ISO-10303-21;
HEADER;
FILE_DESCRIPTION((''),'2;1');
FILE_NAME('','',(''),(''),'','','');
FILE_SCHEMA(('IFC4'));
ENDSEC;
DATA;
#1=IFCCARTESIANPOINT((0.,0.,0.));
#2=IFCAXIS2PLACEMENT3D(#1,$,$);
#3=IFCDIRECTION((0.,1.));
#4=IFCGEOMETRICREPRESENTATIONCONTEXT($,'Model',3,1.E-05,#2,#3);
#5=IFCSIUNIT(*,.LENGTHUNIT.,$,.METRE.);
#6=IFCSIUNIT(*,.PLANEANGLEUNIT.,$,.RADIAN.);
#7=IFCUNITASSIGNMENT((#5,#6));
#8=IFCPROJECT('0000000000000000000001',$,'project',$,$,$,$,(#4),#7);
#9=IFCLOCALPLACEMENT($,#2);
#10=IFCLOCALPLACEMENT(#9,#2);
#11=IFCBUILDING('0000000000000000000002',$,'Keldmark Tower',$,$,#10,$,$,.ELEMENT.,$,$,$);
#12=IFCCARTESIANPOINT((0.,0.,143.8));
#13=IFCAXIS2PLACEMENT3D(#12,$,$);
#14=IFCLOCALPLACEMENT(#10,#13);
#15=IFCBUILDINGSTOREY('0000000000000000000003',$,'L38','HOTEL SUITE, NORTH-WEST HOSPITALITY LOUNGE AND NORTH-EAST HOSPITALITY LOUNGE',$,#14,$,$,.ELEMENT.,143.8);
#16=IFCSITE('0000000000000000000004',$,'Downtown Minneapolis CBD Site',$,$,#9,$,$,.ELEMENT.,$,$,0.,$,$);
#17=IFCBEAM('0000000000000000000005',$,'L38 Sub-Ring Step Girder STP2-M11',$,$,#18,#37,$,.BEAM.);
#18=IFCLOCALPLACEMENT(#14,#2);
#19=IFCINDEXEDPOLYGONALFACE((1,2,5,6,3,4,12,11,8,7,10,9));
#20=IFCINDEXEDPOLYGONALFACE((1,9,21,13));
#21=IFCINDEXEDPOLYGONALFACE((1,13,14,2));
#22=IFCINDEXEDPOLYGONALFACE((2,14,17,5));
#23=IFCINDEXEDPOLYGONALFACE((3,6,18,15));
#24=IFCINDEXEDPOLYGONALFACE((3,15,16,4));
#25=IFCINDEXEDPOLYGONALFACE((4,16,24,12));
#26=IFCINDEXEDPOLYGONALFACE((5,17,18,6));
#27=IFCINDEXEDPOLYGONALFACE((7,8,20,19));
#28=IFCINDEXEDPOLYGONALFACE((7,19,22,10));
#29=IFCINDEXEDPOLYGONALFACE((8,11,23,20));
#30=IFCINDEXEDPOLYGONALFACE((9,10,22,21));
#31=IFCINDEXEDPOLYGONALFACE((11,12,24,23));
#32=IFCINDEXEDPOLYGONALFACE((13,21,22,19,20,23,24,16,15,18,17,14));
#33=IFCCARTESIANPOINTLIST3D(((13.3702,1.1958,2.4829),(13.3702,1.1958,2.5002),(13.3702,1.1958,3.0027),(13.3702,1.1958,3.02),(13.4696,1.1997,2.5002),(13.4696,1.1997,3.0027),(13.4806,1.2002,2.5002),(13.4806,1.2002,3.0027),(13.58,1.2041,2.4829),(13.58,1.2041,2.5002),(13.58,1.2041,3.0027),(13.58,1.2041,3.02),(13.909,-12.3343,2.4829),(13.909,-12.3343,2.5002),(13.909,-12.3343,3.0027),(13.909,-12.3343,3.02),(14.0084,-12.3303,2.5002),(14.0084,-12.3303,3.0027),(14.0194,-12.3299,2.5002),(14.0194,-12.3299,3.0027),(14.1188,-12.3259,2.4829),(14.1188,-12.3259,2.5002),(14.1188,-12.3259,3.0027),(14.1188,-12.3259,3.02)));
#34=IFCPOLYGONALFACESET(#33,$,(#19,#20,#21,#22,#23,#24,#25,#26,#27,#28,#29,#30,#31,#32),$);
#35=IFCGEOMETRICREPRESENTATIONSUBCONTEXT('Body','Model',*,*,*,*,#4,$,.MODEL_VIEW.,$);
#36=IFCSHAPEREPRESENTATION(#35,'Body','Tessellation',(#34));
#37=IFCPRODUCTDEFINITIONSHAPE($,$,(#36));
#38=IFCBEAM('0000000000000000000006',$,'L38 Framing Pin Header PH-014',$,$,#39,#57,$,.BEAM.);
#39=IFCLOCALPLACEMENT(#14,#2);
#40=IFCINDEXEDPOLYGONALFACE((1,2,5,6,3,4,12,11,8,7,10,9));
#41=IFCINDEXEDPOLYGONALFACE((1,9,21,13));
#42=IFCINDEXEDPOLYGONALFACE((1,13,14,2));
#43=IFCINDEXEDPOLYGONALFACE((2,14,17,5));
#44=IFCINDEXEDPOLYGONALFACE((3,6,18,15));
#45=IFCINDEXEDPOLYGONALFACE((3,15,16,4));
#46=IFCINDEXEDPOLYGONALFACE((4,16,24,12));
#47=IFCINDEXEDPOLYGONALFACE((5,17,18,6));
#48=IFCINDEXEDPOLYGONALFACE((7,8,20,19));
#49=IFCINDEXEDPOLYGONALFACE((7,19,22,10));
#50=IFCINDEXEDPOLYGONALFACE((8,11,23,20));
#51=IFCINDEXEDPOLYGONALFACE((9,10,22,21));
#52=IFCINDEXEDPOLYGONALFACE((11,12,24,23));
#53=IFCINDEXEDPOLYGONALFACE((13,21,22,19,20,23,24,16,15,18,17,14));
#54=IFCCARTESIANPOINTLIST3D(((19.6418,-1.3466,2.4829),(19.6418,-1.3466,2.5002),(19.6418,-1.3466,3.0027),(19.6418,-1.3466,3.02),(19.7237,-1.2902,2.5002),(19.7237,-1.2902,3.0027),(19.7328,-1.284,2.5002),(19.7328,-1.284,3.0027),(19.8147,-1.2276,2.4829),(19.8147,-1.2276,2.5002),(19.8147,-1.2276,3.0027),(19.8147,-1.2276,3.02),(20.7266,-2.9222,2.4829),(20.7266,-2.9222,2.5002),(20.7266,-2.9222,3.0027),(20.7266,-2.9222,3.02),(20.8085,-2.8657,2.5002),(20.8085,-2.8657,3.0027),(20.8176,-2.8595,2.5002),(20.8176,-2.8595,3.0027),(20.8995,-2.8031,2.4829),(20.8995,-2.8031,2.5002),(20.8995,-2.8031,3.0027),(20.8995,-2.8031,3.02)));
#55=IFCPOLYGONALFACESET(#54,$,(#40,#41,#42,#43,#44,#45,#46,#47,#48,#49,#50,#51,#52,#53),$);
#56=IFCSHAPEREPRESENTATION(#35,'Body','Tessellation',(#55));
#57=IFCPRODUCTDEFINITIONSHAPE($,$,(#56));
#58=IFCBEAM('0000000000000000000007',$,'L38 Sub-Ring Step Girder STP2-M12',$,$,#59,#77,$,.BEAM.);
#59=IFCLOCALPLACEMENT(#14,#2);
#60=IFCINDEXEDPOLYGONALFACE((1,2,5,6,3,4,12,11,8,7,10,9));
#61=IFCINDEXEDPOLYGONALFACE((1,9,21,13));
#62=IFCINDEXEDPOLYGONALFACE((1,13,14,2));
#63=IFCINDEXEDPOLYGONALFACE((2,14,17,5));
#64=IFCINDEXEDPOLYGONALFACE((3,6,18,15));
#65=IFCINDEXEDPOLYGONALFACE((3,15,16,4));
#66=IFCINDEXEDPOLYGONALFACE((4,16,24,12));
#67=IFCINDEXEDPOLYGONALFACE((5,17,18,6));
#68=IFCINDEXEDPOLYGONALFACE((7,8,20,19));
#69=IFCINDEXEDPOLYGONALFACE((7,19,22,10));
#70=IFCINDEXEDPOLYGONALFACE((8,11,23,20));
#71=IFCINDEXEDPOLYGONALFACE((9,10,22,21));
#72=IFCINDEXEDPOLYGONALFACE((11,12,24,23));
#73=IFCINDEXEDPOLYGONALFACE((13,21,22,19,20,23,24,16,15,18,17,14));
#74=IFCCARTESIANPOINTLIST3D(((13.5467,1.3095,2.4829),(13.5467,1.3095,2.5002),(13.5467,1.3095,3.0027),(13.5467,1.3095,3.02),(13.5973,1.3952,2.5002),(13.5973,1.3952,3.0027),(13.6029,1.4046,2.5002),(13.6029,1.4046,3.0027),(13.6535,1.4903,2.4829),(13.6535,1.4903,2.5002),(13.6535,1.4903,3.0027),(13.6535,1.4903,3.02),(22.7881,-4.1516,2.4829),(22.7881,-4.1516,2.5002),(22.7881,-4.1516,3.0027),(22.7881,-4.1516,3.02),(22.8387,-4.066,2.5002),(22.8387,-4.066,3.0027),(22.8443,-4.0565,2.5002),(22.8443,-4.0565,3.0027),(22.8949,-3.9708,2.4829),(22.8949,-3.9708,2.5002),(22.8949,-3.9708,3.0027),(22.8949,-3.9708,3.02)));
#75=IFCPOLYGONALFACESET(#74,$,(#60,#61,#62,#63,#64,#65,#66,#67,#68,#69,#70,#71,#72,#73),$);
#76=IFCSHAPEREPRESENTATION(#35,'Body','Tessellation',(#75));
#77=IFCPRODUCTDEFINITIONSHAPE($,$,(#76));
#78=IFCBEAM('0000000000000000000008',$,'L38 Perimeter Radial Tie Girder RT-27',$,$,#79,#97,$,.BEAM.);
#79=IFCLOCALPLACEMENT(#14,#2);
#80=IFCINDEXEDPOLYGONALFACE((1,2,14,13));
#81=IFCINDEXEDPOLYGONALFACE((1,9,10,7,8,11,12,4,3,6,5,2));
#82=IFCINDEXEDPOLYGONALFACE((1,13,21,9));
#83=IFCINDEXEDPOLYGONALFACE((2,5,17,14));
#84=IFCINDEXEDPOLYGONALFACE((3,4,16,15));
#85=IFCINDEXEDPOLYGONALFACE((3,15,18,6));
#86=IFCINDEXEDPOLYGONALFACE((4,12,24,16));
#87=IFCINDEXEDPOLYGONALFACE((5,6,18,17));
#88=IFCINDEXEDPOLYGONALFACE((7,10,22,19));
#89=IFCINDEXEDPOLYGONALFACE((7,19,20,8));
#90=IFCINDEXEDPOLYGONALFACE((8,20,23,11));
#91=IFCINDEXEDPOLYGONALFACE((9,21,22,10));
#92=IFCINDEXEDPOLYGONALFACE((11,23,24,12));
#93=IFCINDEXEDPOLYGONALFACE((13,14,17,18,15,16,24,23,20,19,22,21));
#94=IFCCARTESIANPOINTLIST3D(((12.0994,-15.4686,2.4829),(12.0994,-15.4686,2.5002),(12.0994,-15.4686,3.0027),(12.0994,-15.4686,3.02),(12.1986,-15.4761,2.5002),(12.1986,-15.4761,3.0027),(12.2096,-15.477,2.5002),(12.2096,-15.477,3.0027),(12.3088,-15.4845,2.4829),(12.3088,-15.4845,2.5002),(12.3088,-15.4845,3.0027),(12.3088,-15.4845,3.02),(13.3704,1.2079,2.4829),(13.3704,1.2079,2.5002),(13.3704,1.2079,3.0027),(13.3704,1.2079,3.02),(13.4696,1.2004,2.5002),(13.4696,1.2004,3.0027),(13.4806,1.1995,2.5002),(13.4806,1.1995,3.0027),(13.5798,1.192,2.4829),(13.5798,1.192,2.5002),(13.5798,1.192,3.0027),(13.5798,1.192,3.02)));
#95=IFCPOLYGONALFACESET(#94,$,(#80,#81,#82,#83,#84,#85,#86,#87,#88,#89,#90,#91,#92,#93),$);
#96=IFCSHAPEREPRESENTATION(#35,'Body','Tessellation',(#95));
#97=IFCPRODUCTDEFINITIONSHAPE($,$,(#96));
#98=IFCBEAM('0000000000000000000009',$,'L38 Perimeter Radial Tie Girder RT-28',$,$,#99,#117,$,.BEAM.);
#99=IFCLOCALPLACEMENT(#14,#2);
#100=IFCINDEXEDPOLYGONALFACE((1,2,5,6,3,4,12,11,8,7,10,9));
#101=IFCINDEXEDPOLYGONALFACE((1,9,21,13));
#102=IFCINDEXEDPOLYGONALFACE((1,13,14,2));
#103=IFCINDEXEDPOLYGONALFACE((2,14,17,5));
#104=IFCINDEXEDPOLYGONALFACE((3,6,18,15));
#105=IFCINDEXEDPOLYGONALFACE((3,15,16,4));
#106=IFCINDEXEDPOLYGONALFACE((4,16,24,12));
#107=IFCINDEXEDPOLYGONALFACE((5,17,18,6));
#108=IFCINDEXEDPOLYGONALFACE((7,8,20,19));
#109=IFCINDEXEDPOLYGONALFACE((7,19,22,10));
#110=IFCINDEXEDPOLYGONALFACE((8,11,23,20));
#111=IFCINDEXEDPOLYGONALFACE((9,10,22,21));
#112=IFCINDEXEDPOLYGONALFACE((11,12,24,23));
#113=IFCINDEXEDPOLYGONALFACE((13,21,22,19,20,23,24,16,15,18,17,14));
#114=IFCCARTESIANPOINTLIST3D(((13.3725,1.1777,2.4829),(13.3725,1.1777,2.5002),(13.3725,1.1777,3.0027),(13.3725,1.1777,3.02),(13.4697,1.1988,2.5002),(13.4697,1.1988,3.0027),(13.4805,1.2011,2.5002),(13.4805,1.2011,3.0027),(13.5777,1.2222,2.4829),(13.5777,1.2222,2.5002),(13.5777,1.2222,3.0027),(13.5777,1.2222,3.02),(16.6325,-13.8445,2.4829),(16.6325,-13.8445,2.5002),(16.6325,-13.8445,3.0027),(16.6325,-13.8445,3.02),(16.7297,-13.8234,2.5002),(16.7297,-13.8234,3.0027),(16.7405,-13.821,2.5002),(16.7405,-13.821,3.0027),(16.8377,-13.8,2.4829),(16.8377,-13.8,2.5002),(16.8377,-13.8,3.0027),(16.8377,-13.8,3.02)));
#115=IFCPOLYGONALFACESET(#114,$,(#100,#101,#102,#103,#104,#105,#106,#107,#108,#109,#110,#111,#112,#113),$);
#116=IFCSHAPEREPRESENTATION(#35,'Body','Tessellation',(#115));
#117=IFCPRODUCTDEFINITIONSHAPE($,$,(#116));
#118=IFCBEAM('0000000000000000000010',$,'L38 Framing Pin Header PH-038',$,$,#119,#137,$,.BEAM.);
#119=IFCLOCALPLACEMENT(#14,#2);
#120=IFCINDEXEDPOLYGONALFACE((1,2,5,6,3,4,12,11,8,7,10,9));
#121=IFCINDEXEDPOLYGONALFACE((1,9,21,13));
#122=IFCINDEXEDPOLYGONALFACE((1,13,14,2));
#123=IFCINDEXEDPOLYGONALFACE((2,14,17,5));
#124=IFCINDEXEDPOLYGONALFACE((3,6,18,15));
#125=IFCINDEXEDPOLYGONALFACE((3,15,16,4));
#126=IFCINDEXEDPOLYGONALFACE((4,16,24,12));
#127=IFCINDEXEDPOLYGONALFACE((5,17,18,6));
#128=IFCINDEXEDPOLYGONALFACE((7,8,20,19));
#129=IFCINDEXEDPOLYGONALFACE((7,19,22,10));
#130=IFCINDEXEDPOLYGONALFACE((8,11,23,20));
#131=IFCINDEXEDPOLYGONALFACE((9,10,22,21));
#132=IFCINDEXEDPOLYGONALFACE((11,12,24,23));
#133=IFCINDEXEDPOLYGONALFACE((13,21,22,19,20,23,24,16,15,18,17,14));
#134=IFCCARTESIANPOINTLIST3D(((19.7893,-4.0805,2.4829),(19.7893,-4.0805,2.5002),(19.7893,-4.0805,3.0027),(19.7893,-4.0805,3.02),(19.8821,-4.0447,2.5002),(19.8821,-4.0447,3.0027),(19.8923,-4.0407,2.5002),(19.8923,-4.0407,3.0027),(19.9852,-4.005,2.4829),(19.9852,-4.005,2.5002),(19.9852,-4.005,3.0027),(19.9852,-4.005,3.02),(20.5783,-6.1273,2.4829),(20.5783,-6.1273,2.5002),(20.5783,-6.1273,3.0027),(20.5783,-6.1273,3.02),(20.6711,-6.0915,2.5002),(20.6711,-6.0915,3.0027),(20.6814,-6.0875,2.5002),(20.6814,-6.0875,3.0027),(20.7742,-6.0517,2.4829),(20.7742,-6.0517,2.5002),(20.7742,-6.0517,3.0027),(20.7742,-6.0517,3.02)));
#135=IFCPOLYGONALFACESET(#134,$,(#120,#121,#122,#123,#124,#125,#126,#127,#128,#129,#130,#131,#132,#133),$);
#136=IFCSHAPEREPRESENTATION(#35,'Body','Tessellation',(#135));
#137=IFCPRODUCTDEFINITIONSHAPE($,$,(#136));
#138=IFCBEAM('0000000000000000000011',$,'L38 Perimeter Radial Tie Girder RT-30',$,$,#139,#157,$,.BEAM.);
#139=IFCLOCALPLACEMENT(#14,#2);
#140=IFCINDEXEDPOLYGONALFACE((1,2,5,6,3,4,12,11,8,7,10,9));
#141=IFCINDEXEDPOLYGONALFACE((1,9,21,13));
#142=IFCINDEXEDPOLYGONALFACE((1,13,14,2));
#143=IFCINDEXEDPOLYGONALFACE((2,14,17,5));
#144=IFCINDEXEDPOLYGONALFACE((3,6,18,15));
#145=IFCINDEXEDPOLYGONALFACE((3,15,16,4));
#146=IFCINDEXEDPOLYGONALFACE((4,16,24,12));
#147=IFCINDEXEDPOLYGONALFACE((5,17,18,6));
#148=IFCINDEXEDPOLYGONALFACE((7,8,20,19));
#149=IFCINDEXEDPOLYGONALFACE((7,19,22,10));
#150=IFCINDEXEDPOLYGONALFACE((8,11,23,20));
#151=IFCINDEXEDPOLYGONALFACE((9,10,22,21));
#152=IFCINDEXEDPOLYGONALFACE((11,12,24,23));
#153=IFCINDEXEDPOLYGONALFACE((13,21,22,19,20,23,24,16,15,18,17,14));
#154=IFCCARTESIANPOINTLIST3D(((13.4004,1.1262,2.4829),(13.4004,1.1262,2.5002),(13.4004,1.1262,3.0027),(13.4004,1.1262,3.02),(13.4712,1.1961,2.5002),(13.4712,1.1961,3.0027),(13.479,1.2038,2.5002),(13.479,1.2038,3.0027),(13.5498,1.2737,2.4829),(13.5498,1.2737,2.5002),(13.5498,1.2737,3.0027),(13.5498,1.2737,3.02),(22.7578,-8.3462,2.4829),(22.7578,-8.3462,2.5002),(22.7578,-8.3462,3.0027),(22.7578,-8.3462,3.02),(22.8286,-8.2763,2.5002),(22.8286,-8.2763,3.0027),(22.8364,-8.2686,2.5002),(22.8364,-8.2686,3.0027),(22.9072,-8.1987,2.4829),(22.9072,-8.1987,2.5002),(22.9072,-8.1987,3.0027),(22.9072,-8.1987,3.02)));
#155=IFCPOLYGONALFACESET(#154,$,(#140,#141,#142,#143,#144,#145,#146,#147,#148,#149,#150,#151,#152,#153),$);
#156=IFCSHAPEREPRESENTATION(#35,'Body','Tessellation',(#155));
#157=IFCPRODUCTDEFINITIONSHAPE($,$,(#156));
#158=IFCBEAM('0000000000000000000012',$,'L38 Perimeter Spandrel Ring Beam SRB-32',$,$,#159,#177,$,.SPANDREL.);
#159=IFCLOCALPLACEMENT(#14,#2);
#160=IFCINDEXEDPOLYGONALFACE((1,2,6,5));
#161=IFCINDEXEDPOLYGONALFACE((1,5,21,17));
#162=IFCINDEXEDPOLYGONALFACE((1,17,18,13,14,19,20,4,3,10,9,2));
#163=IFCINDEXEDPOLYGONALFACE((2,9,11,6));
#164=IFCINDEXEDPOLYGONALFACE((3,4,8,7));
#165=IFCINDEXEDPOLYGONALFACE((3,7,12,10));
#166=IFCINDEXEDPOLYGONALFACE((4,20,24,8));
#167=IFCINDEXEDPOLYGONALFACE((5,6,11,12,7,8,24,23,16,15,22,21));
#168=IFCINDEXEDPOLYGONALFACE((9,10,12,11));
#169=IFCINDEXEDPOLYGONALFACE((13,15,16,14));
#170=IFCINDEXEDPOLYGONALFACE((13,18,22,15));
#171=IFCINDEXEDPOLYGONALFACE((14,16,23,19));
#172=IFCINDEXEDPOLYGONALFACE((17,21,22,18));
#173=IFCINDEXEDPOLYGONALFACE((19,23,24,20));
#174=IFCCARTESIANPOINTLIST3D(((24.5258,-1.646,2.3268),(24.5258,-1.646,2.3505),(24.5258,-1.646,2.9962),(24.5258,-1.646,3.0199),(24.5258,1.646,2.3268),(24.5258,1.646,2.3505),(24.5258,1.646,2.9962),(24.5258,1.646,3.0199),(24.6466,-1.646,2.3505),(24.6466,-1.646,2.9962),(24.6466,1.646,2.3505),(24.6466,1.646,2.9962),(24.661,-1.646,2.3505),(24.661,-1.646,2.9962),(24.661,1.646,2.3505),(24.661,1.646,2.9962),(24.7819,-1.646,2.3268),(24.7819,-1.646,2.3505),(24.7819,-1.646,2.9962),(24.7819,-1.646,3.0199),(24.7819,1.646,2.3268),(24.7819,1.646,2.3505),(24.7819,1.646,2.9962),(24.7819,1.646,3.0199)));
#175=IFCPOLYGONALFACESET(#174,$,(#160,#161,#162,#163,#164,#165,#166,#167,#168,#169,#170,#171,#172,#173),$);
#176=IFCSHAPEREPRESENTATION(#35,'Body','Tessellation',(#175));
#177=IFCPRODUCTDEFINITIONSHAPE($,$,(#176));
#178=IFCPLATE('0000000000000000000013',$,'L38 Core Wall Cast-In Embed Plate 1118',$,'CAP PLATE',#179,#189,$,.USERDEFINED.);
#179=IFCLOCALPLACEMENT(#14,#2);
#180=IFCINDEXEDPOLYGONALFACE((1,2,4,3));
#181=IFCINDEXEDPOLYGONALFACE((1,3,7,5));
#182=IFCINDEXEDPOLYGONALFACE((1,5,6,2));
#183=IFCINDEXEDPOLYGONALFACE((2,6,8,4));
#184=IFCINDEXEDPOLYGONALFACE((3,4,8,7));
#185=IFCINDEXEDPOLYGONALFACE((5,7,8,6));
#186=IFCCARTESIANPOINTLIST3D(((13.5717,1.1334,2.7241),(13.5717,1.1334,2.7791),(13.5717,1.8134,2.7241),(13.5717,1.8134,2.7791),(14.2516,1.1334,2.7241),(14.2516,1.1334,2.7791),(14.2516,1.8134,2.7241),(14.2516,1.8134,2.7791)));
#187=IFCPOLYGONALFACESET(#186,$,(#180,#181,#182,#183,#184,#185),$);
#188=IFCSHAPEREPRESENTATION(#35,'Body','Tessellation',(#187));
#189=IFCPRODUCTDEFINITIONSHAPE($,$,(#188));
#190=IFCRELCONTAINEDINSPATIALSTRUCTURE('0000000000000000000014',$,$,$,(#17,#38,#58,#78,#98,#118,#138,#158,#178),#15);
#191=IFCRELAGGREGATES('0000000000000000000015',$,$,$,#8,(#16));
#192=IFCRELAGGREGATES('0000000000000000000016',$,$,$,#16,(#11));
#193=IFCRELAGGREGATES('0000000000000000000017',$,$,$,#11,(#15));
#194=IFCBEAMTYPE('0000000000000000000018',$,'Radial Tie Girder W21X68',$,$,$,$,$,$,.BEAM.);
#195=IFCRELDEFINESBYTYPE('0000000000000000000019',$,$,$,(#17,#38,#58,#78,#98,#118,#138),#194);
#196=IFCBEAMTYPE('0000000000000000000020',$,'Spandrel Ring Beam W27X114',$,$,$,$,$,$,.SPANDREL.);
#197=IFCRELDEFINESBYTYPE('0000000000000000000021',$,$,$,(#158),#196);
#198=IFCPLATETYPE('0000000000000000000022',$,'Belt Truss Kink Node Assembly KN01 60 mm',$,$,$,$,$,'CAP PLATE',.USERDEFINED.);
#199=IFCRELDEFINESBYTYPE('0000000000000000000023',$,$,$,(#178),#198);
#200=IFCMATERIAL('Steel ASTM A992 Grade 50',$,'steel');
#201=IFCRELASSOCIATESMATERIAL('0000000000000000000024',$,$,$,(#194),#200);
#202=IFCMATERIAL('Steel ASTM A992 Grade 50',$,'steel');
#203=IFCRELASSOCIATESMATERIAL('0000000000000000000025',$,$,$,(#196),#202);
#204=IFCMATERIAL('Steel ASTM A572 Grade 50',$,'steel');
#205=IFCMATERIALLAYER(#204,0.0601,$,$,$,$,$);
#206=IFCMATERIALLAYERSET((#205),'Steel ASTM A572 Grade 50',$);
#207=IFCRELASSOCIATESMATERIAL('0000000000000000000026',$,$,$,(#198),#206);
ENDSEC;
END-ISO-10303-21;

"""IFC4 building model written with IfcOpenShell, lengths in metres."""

from ifc_helpers import new_model, si_unit, direction, frame, origin, origin_2d, place, context, subcontext, project, spatial, rectangle, i_section, extrude, material, layer, layer_set, material_profile, profile_set, type_object, element, save


model = new_model("IFC4")

# Units and contexts
model_context = context("Model", 3, precision=1e-05, world=origin(), true_north=direction((0.0, 1.0)))
body_context = subcontext(model_context, "Body", "Model", "MODEL_VIEW")
ifc_project = project(units=[si_unit("LENGTHUNIT", "METRE"), si_unit("PLANEANGLEUNIT", "RADIAN")], contexts=[model_context])

# Site, building, storey
site_placement = place(None, origin())
site = spatial("IfcSite", under=ifc_project, at=site_placement, Name="Downtown Minneapolis CBD Site", CompositionType="ELEMENT", RefElevation=0.0)
building_placement = place(site_placement, origin())
building = spatial("IfcBuilding", under=site, at=building_placement, Name="Keldmark Tower", CompositionType="ELEMENT")
storey_placement = place(building_placement, frame((0.0, 0.0, 143.8)))
storey = spatial("IfcBuildingStorey", under=building, at=storey_placement, Name="L38", Description="HOTEL SUITE, NORTH-WEST HOSPITALITY LOUNGE AND NORTH-EAST HOSPITALITY LOUNGE", CompositionType="ELEMENT", Elevation=143.8)

# Beams
ifc_material_1 = material(Name="Steel ASTM A992 Grade 50", Category="steel")
ifc_material_profile_1 = material_profile(ifc_material_1, i_section(OverallWidth=0.21, OverallDepth=0.5371, WebThickness=0.011, FlangeThickness=0.0173, at=origin_2d()), Name="W21X68")
ifc_profile_set_1 = profile_set([ifc_material_profile_1], Name="Steel ASTM A992 Grade 50")
beam_type_1 = type_object("IfcBeamType", Name="Radial Tie Girder W21X68", PredefinedType="BEAM", material=ifc_profile_set_1)
beam_1_placement = place(storey_placement, frame((13.4751, 1.2, 2.7515), z_axis=(0.039792, -0.999208, 0.0), x_axis=(0.999208, 0.039792, 0.0)))
element("IfcBeam", 1, at=beam_1_placement, inside=storey, type_object=beam_type_1, Name="L38 Sub-Ring Step Girder STP2-M11", PredefinedType="BEAM", context=body_context, shape_type="SweptSolid", body=[
    extrude(i_section(OverallWidth=0.21, OverallDepth=0.5371, WebThickness=0.011, FlangeThickness=0.0173, at=origin_2d()), origin(), (0.0, 0.0, 1.0), 13.5408),
])
beam_2_placement = place(storey_placement, frame((19.7283, -1.2871, 2.7515), z_axis=(0.567097, -0.823651, 0.0), x_axis=(0.823651, 0.567097, 0.0)))
element("IfcBeam", 2, at=beam_2_placement, inside=storey, type_object=beam_type_1, Name="L38 Framing Pin Header PH-014", PredefinedType="BEAM", context=body_context, shape_type="SweptSolid", body=[
    extrude(i_section(OverallWidth=0.21, OverallDepth=0.5371, WebThickness=0.011, FlangeThickness=0.0173, at=origin_2d()), origin(), (0.0, 0.0, 1.0), 1.9128),
])
beam_3_placement = place(storey_placement, frame((13.6001, 1.3999, 2.7515), z_axis=(0.860913, -0.508752, 0.0), x_axis=(0.508752, 0.860913, 0.0)))
element("IfcBeam", 3, at=beam_3_placement, inside=storey, type_object=beam_type_1, Name="L38 Sub-Ring Step Girder STP2-M12", PredefinedType="BEAM", context=body_context, shape_type="SweptSolid", body=[
    extrude(i_section(OverallWidth=0.21, OverallDepth=0.5371, WebThickness=0.011, FlangeThickness=0.0173, at=origin_2d()), origin(), (0.0, 0.0, 1.0), 10.7344),
])
beam_4_placement = place(storey_placement, frame((13.4751, 1.2, 2.7515), z_axis=(-0.075994, -0.997108, 0.0), x_axis=(0.997108, -0.075994, 0.0)))
element("IfcBeam", 4, at=beam_4_placement, inside=storey, type_object=beam_type_1, Name="L38 Perimeter Radial Tie Girder RT-27", PredefinedType="BEAM", context=body_context, shape_type="SweptSolid", body=[
    extrude(i_section(OverallWidth=0.21, OverallDepth=0.5371, WebThickness=0.011, FlangeThickness=0.0173, at=origin_2d()), origin(), (0.0, 0.0, 1.0), 16.7249),
])
beam_5_placement = place(storey_placement, frame((13.4751, 1.2, 2.7515), z_axis=(0.212076, -0.977253, 0.0), x_axis=(0.977253, 0.212076, 0.0)))
element("IfcBeam", 5, at=beam_5_placement, inside=storey, type_object=beam_type_1, Name="L38 Perimeter Radial Tie Girder RT-28", PredefinedType="BEAM", context=body_context, shape_type="SweptSolid", body=[
    extrude(i_section(OverallWidth=0.21, OverallDepth=0.5371, WebThickness=0.011, FlangeThickness=0.0173, at=origin_2d()), origin(), (0.0, 0.0, 1.0), 15.3718),
])
beam_6_placement = place(storey_placement, frame((19.8872, -4.0427, 2.7515), z_axis=(0.359695, -0.93307, 0.0), x_axis=(0.93307, 0.359695, 0.0)))
element("IfcBeam", 6, at=beam_6_placement, inside=storey, type_object=beam_type_1, Name="L38 Framing Pin Header PH-038", PredefinedType="BEAM", context=body_context, shape_type="SweptSolid", body=[
    extrude(i_section(OverallWidth=0.21, OverallDepth=0.5371, WebThickness=0.011, FlangeThickness=0.0173, at=origin_2d()), origin(), (0.0, 0.0, 1.0), 2.1936),
])
beam_7_placement = place(storey_placement, frame((13.4751, 1.2, 2.7515), z_axis=(0.702776, -0.711412, 0.0), x_axis=(0.711412, 0.702776, 0.0)))
element("IfcBeam", 7, at=beam_7_placement, inside=storey, type_object=beam_type_1, Name="L38 Perimeter Radial Tie Girder RT-30", PredefinedType="BEAM", context=body_context, shape_type="SweptSolid", body=[
    extrude(i_section(OverallWidth=0.21, OverallDepth=0.5371, WebThickness=0.011, FlangeThickness=0.0173, at=origin_2d()), origin(), (0.0, 0.0, 1.0), 13.3149),
])
ifc_material_2 = material(Name="Steel ASTM A992 Grade 50", Category="steel")
ifc_material_profile_2 = material_profile(ifc_material_2, i_section(OverallWidth=0.2561, OverallDepth=0.6931, WebThickness=0.0144, FlangeThickness=0.0237, at=origin_2d()), Name="W27X114")
ifc_profile_set_2 = profile_set([ifc_material_profile_2], Name="Steel ASTM A992 Grade 50")
beam_type_2 = type_object("IfcBeamType", Name="Spandrel Ring Beam W27X114", PredefinedType="SPANDREL", material=ifc_profile_set_2)
beam_8_placement = place(storey_placement, frame((24.6538, -1.646, 2.6733), z_axis=(0.0, 1.0, 0.0), x_axis=(-1.0, 0.0, 0.0)))
element("IfcBeam", 8, at=beam_8_placement, inside=storey, type_object=beam_type_2, Name="L38 Perimeter Spandrel Ring Beam SRB-32", PredefinedType="SPANDREL", context=body_context, shape_type="SweptSolid", body=[
    extrude(i_section(OverallWidth=0.2561, OverallDepth=0.6931, WebThickness=0.0144, FlangeThickness=0.0237, at=origin_2d()), origin(), (0.0, 0.0, 1.0), 3.292),
])

# Plate
ifc_material_3 = material(Name="Steel ASTM A572 Grade 50", Category="steel")
ifc_layer_1 = layer(ifc_material_3, 0.0601)
ifc_layer_set_1 = layer_set([ifc_layer_1], Name="Steel ASTM A572 Grade 50")
plate_type_1 = type_object("IfcPlateType", Name="Belt Truss Kink Node Assembly KN01 60 mm", ElementType="CAP PLATE", PredefinedType="USERDEFINED", material=ifc_layer_set_1)
for number, where, z_axis, x_axis, name in (
    (9, (13.9116, 1.4734, 2.7241), (0.0, 0.0, 1.0), (1.0, 0.0, 0.0), "L38 Core Wall Cast-In Embed Plate 1118"),
):
    element("IfcPlate", number, at=place(storey_placement, frame(where, z_axis=z_axis, x_axis=x_axis)), inside=storey, type_object=plate_type_1, Name=name, ObjectType="CAP PLATE", PredefinedType="USERDEFINED", context=body_context, shape_type="SweptSolid", body=[
        extrude(rectangle(XDim=0.6799, YDim=0.6799, at=origin_2d()), origin(), (0.0, 0.0, 1.0), 0.0549),
    ])

save(model, "model.ifc")
